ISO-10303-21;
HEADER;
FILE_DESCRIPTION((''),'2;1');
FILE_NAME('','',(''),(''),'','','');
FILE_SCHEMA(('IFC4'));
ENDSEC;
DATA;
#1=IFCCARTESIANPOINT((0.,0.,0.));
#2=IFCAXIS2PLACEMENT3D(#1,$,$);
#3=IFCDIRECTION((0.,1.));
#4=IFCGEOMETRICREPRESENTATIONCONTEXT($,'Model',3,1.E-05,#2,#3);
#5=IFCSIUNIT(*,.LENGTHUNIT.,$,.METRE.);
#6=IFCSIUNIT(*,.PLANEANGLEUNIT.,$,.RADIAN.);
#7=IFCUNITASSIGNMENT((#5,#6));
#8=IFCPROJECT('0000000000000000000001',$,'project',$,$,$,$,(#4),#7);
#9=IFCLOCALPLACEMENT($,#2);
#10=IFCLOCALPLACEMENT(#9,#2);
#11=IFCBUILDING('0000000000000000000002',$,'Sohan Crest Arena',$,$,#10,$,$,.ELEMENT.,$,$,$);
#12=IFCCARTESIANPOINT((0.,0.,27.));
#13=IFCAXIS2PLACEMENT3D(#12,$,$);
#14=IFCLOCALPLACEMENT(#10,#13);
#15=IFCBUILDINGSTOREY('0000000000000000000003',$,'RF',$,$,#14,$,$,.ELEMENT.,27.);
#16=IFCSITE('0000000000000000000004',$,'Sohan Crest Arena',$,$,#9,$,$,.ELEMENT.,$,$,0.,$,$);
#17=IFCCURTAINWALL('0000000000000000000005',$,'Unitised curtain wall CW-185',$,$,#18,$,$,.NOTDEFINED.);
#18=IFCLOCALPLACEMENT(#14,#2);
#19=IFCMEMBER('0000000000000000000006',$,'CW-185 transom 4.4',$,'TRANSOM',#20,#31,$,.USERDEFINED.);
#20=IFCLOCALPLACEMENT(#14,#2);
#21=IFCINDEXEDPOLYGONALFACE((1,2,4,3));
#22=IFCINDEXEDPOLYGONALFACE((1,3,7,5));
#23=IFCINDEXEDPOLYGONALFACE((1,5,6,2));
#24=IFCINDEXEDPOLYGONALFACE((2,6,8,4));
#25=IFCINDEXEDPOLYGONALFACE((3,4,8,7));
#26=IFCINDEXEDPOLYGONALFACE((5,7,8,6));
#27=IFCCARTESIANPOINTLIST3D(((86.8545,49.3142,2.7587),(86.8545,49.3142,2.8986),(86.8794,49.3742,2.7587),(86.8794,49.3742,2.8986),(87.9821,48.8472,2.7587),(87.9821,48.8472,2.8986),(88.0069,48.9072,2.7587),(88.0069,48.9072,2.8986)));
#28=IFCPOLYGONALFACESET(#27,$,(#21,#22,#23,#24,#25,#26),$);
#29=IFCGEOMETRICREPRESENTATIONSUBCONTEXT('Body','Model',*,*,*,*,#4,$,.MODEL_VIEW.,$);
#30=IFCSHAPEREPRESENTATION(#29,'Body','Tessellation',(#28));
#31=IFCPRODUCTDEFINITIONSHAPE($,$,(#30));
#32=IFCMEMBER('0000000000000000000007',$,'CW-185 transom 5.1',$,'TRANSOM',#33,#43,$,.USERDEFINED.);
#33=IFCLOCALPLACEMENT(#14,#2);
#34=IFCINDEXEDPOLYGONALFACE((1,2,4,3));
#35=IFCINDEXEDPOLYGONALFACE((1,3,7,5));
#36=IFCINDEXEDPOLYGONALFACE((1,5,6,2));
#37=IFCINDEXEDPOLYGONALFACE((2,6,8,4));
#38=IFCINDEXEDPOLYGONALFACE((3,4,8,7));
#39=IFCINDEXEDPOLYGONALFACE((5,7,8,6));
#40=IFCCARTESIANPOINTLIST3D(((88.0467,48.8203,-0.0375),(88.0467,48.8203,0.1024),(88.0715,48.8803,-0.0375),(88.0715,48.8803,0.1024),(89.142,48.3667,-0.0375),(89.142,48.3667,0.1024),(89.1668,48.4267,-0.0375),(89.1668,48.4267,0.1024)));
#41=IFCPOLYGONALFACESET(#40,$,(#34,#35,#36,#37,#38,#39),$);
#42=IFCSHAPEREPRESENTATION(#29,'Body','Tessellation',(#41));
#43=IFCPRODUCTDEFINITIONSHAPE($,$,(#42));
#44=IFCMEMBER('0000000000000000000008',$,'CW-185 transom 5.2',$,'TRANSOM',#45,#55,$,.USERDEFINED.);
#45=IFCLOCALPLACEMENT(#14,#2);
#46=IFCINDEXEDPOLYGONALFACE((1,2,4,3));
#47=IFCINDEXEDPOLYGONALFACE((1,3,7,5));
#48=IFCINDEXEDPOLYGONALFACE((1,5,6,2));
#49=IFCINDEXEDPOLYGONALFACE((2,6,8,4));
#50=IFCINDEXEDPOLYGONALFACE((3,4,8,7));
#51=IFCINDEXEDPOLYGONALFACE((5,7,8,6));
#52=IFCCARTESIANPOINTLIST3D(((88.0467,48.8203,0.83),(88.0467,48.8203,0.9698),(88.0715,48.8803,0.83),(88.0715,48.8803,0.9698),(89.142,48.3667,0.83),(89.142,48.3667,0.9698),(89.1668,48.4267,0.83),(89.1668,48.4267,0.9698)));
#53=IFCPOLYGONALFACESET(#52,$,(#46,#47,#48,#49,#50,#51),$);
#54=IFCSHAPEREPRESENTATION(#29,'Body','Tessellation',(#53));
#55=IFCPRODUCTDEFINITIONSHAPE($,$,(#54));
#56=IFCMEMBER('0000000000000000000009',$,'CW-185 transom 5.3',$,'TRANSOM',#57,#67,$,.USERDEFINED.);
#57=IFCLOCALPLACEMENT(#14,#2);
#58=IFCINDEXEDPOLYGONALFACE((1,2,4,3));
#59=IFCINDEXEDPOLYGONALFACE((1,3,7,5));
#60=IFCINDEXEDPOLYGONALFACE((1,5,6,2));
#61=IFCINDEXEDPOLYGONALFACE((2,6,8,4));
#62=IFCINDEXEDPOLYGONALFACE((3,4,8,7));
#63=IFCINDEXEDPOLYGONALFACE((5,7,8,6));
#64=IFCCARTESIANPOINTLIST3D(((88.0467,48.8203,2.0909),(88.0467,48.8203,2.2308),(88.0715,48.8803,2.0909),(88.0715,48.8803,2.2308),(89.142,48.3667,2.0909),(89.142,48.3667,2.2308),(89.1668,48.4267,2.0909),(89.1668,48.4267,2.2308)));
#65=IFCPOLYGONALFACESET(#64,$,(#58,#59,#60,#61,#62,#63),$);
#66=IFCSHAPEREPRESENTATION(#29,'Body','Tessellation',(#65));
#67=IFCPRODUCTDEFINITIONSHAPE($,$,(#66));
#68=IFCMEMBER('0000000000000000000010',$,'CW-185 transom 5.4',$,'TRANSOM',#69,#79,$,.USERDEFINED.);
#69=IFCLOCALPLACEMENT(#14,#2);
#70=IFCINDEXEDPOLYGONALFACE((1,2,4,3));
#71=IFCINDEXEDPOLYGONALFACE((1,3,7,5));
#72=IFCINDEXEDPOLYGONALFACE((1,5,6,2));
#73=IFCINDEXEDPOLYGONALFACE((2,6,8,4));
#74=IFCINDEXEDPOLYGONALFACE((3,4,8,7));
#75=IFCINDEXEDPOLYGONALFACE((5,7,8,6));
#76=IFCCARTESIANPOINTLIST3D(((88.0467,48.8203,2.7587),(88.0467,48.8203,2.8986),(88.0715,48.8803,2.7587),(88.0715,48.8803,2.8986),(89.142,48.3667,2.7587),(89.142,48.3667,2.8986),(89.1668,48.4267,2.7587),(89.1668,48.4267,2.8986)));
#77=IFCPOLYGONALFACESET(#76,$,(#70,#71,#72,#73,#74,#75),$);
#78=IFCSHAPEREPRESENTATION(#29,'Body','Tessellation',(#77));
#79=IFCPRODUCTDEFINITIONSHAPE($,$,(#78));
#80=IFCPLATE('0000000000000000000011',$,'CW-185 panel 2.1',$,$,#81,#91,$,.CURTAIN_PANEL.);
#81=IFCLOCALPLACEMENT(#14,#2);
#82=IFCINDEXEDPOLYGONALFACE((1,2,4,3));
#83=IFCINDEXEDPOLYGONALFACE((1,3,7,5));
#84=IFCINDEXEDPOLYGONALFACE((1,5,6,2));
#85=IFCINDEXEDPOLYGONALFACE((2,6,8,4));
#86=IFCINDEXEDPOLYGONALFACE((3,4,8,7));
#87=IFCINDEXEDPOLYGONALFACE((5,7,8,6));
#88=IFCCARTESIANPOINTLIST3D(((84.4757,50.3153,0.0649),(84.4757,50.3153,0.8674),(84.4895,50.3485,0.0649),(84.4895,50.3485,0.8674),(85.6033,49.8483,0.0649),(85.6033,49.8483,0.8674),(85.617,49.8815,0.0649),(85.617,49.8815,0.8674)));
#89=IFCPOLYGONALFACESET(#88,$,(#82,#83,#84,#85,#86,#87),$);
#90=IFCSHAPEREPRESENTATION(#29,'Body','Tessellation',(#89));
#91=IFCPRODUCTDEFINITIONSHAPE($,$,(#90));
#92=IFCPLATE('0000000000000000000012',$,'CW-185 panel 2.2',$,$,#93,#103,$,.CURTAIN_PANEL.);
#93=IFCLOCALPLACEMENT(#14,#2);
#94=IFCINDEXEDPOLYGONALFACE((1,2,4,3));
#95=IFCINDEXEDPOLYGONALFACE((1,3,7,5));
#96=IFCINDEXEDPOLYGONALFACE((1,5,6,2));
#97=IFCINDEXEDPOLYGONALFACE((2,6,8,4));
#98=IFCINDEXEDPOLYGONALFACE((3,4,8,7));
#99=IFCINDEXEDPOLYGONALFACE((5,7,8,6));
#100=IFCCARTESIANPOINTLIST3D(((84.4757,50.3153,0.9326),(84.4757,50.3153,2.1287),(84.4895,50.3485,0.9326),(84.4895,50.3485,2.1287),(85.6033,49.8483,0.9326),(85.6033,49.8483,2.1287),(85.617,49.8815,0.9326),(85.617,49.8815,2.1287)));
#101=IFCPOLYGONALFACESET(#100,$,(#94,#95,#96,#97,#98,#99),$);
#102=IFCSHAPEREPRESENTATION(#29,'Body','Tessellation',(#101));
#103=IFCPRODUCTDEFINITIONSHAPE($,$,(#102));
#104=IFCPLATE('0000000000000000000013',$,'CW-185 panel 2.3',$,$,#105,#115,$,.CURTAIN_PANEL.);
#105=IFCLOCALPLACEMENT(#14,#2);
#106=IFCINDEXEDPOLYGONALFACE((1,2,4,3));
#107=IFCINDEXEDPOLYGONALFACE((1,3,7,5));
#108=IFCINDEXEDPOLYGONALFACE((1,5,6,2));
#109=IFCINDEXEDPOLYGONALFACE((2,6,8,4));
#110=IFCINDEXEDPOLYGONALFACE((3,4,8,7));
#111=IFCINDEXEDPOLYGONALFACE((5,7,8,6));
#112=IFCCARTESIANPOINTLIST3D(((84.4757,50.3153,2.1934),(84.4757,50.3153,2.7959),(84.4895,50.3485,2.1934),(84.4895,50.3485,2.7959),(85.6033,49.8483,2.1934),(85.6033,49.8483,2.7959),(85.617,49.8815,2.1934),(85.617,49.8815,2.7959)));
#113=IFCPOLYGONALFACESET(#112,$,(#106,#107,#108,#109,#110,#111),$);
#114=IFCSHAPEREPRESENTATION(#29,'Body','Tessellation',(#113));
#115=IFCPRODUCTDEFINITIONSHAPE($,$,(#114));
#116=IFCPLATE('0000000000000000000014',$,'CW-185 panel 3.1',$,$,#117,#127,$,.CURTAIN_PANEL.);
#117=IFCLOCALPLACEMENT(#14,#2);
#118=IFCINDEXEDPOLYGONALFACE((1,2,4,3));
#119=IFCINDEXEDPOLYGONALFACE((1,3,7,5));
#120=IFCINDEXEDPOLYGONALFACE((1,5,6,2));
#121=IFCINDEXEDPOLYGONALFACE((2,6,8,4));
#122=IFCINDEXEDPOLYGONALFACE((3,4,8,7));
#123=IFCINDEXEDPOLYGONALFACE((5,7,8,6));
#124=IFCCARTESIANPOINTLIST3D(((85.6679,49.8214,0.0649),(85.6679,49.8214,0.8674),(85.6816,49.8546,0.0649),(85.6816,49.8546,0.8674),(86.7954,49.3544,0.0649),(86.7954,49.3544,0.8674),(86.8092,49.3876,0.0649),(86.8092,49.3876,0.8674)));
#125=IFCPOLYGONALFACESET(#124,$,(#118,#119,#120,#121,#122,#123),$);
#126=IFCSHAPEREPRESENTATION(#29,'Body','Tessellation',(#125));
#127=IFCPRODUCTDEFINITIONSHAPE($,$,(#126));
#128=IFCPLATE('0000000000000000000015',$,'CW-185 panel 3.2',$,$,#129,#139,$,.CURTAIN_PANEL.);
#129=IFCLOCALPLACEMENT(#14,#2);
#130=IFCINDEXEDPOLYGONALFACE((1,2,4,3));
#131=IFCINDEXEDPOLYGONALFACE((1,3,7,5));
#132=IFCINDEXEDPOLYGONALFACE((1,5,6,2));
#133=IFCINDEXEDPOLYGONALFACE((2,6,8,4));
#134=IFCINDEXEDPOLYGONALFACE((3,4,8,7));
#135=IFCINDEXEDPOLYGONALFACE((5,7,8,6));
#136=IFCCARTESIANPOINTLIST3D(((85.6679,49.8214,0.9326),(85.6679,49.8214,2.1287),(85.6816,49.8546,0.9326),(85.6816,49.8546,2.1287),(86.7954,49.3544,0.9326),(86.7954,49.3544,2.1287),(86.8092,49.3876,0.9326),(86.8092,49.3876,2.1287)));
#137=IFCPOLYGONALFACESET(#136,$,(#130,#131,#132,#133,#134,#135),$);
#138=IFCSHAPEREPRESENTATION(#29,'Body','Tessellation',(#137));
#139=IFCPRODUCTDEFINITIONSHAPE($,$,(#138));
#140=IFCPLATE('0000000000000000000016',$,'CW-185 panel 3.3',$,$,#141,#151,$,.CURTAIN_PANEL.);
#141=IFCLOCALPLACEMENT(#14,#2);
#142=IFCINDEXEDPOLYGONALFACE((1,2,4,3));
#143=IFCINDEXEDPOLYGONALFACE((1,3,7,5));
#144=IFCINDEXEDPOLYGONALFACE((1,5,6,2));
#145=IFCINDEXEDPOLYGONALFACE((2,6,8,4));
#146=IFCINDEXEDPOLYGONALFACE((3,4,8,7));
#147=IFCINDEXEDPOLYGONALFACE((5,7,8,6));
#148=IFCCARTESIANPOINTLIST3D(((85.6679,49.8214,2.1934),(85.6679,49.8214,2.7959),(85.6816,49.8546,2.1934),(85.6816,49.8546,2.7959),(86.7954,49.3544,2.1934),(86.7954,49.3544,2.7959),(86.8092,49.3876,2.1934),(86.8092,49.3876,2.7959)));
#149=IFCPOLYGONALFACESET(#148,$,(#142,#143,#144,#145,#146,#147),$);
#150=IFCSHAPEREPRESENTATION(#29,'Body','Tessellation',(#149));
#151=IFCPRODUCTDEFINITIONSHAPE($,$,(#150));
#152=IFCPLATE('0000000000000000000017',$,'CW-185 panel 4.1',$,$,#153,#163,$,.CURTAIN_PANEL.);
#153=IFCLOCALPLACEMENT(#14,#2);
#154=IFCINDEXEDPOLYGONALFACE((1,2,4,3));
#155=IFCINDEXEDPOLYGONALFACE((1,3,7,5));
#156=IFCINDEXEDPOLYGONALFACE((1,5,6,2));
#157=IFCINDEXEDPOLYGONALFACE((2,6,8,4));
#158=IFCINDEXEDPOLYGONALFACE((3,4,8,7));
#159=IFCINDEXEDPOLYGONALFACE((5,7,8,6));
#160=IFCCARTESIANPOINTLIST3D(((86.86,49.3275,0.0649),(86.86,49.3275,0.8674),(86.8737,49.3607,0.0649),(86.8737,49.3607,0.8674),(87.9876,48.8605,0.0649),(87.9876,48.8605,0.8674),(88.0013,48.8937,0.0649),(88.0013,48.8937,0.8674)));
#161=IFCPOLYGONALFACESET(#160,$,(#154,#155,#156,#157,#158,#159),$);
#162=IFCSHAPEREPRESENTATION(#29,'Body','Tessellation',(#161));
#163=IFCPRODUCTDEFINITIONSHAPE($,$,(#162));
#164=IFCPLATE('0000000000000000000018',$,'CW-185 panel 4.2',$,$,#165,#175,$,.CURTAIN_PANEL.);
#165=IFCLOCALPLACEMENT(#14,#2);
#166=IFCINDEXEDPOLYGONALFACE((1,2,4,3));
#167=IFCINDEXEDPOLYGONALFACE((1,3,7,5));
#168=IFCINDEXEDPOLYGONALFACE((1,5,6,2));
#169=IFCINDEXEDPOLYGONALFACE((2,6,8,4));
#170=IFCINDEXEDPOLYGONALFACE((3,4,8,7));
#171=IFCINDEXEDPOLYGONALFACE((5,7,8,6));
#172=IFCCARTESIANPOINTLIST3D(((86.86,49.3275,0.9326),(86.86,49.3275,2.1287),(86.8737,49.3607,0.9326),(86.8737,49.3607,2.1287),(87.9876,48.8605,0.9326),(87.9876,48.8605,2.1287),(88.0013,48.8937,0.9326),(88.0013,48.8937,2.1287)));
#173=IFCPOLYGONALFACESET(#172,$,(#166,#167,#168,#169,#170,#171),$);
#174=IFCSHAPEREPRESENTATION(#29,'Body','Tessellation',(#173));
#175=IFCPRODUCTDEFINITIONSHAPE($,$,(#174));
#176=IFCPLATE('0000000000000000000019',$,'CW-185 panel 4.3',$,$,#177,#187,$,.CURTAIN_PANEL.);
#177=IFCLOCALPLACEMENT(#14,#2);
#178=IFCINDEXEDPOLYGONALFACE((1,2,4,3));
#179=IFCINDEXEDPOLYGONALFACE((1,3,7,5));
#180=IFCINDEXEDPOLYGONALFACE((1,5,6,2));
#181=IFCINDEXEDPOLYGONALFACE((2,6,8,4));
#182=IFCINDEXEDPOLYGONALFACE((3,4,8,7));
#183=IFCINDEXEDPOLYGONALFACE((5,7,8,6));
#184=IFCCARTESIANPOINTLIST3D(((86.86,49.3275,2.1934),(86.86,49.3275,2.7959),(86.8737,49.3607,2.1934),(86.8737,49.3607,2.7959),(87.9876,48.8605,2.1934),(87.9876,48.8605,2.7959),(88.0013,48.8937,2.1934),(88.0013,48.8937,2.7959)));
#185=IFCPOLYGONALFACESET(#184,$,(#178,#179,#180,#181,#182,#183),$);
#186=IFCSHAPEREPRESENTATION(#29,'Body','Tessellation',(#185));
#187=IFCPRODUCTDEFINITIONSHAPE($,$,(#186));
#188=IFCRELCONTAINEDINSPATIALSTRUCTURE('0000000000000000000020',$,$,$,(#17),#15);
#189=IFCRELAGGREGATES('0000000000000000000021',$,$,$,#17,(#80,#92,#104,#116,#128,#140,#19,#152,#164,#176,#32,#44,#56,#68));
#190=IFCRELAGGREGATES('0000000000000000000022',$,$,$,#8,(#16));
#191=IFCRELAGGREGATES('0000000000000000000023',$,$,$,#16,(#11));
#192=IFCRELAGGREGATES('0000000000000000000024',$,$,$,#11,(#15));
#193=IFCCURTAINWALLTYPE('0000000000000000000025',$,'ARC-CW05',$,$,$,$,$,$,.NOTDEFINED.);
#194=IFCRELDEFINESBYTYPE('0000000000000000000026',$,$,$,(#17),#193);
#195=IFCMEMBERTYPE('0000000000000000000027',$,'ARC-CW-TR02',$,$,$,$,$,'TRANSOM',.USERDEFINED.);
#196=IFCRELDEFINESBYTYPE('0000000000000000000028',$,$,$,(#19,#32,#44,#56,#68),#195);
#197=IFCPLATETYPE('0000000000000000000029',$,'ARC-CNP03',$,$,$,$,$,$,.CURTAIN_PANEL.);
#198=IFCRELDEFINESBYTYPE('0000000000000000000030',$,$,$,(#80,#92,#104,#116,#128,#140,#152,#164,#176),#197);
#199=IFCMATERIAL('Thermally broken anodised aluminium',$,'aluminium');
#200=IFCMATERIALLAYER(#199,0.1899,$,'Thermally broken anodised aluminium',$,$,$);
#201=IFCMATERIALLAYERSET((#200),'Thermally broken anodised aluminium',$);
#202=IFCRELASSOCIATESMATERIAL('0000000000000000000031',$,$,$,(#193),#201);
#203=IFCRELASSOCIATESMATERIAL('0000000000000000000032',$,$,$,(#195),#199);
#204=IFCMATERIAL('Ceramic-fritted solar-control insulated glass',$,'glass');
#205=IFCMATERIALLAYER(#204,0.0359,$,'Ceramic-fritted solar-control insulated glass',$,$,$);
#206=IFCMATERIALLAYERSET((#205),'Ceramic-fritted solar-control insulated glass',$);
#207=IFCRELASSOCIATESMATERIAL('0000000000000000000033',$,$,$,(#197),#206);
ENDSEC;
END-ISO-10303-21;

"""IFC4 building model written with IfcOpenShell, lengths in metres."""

from ifc_helpers import new_model, si_unit, direction, frame, origin, origin_2d, place, context, subcontext, project, spatial, rectangle, extrude, material, layer, layer_set, material_profile, profile_set, type_object, element, aggregate, save


model = new_model("IFC4")

# Units and contexts
model_context = context("Model", 3, precision=1e-05, world=origin(), true_north=direction((0.0, 1.0)))
body_context = subcontext(model_context, "Body", "Model", "MODEL_VIEW")
ifc_project = project(units=[si_unit("LENGTHUNIT", "METRE"), si_unit("PLANEANGLEUNIT", "RADIAN")], contexts=[model_context])

# Site, building, storey
site_placement = place(None, origin())
site = spatial("IfcSite", under=ifc_project, at=site_placement, Name="Sohan Crest Arena", CompositionType="ELEMENT", RefElevation=0.0)
building_placement = place(site_placement, origin())
building = spatial("IfcBuilding", under=site, at=building_placement, Name="Sohan Crest Arena", CompositionType="ELEMENT")
storey_placement = place(building_placement, frame((0.0, 0.0, 27.0)))
storey = spatial("IfcBuildingStorey", under=building, at=storey_placement, Name="RF", CompositionType="ELEMENT", Elevation=27.0)

# Curtain wall, members, plates
ifc_material_1 = material(Name="Thermally broken anodised aluminium", Category="aluminium")
ifc_layer_1 = layer(ifc_material_1, 0.1899, Name="Thermally broken anodised aluminium")
ifc_layer_set_1 = layer_set([ifc_layer_1], Name="Thermally broken anodised aluminium")
curtain_wall_type = type_object("IfcCurtainWallType", Name="ARC-CW05", PredefinedType="NOTDEFINED", material=ifc_layer_set_1)
curtain_wall_placement = place(storey_placement, origin())
curtain_wall = element("IfcCurtainWall", 1, at=curtain_wall_placement, inside=storey, type_object=curtain_wall_type, Name="Unitised curtain wall CW-185", PredefinedType="NOTDEFINED")
ifc_material_profile_1 = material_profile(ifc_material_1, rectangle(XDim=0.0649, YDim=0.1399, at=origin_2d()), Name="ALU-TRAN 65x140")
ifc_profile_set_1 = profile_set([ifc_material_profile_1], Name="Thermally broken anodised aluminium")
member_type_1 = type_object("IfcMemberType", Name="ARC-CW-TR02", ElementType="TRANSOM", PredefinedType="USERDEFINED", material=ifc_profile_set_1)
member_1_placement = place(storey_placement, frame((86.8669, 49.3442, 2.8286), z_axis=(0.923868, -0.382711, 0.0), x_axis=(0.382711, 0.923868, 0.0)))
member_1 = element("IfcMember", 2, at=member_1_placement, type_object=member_type_1, Name="CW-185 transom 4.4", ObjectType="TRANSOM", PredefinedType="USERDEFINED", context=body_context, shape_type="SweptSolid", body=[
    extrude(rectangle(XDim=0.0649, YDim=0.1399, at=origin_2d()), origin(), (0.0, 0.0, 1.0), 1.2205),
])
member_2_placement = place(storey_placement, frame((88.0591, 48.8503, 0.0325), z_axis=(0.923891, -0.382655, 0.0), x_axis=(0.382655, 0.923891, 0.0)))
member_2 = element("IfcMember", 3, at=member_2_placement, type_object=member_type_1, Name="CW-185 transom 5.1", ObjectType="TRANSOM", PredefinedType="USERDEFINED", context=body_context, shape_type="SweptSolid", body=[
    extrude(rectangle(XDim=0.0649, YDim=0.1399, at=origin_2d()), origin(), (0.0, 0.0, 1.0), 1.1855),
])
member_3_placement = place(storey_placement, frame((88.0591, 48.8503, 0.8999), z_axis=(0.923891, -0.382655, 0.0), x_axis=(0.382655, 0.923891, 0.0)))
member_3 = element("IfcMember", 4, at=member_3_placement, type_object=member_type_1, Name="CW-185 transom 5.2", ObjectType="TRANSOM", PredefinedType="USERDEFINED", context=body_context, shape_type="SweptSolid", body=[
    extrude(rectangle(XDim=0.0649, YDim=0.1399, at=origin_2d()), origin(), (0.0, 0.0, 1.0), 1.1855),
])
member_4_placement = place(storey_placement, frame((88.0591, 48.8503, 2.1609), z_axis=(0.923891, -0.382655, 0.0), x_axis=(0.382655, 0.923891, 0.0)))
member_4 = element("IfcMember", 5, at=member_4_placement, type_object=member_type_1, Name="CW-185 transom 5.3", ObjectType="TRANSOM", PredefinedType="USERDEFINED", context=body_context, shape_type="SweptSolid", body=[
    extrude(rectangle(XDim=0.0649, YDim=0.1399, at=origin_2d()), origin(), (0.0, 0.0, 1.0), 1.1855),
])
member_5_placement = place(storey_placement, frame((88.0591, 48.8503, 2.8286), z_axis=(0.923891, -0.382655, 0.0), x_axis=(0.382655, 0.923891, 0.0)))
member_5 = element("IfcMember", 6, at=member_5_placement, type_object=member_type_1, Name="CW-185 transom 5.4", ObjectType="TRANSOM", PredefinedType="USERDEFINED", context=body_context, shape_type="SweptSolid", body=[
    extrude(rectangle(XDim=0.0649, YDim=0.1399, at=origin_2d()), origin(), (0.0, 0.0, 1.0), 1.1855),
])
ifc_material_2 = material(Name="Ceramic-fritted solar-control insulated glass", Category="glass")
ifc_layer_2 = layer(ifc_material_2, 0.0359, Name="Ceramic-fritted solar-control insulated glass")
ifc_layer_set_2 = layer_set([ifc_layer_2], Name="Ceramic-fritted solar-control insulated glass")
plate_type = type_object("IfcPlateType", Name="ARC-CNP03", PredefinedType="CURTAIN_PANEL", material=ifc_layer_set_2)
plate_1_placement = place(storey_placement, frame((85.0464, 50.0984, 0.0649), z_axis=(0.0, 0.0, 1.0), x_axis=(0.923886, -0.382667, 0.0)))
plate_1 = element("IfcPlate", 7, at=plate_1_placement, type_object=plate_type, Name="CW-185 panel 2.1", PredefinedType="CURTAIN_PANEL", context=body_context, shape_type="SweptSolid", body=[
    extrude(rectangle(XDim=1.2205, YDim=0.0359, at=origin_2d()), origin(), (0.0, 0.0, 1.0), 0.8025),
])
plate_2_placement = place(storey_placement, frame((85.0464, 50.0984, 0.9326), z_axis=(0.0, 0.0, 1.0), x_axis=(0.923886, -0.382667, 0.0)))
plate_2 = element("IfcPlate", 8, at=plate_2_placement, type_object=plate_type, Name="CW-185 panel 2.2", PredefinedType="CURTAIN_PANEL", context=body_context, shape_type="SweptSolid", body=[
    extrude(rectangle(XDim=1.2205, YDim=0.0359, at=origin_2d()), origin(), (0.0, 0.0, 1.0), 1.196),
])
plate_3_placement = place(storey_placement, frame((85.0464, 50.0984, 2.1934), z_axis=(0.0, 0.0, 1.0), x_axis=(0.923886, -0.382667, 0.0)))
plate_3 = element("IfcPlate", 9, at=plate_3_placement, type_object=plate_type, Name="CW-185 panel 2.3", PredefinedType="CURTAIN_PANEL", context=body_context, shape_type="SweptSolid", body=[
    extrude(rectangle(XDim=1.2205, YDim=0.0359, at=origin_2d()), origin(), (0.0, 0.0, 1.0), 0.6025),
])
plate_4_placement = place(storey_placement, frame((86.2385, 49.6045, 0.0649), z_axis=(0.0, 0.0, 1.0), x_axis=(0.923886, -0.382667, 0.0)))
plate_4 = element("IfcPlate", 10, at=plate_4_placement, type_object=plate_type, Name="CW-185 panel 3.1", PredefinedType="CURTAIN_PANEL", context=body_context, shape_type="SweptSolid", body=[
    extrude(rectangle(XDim=1.2205, YDim=0.0359, at=origin_2d()), origin(), (0.0, 0.0, 1.0), 0.8025),
])
plate_5_placement = place(storey_placement, frame((86.2385, 49.6045, 0.9326), z_axis=(0.0, 0.0, 1.0), x_axis=(0.923886, -0.382667, 0.0)))
plate_5 = element("IfcPlate", 11, at=plate_5_placement, type_object=plate_type, Name="CW-185 panel 3.2", PredefinedType="CURTAIN_PANEL", context=body_context, shape_type="SweptSolid", body=[
    extrude(rectangle(XDim=1.2205, YDim=0.0359, at=origin_2d()), origin(), (0.0, 0.0, 1.0), 1.196),
])
plate_6_placement = place(storey_placement, frame((86.2385, 49.6045, 2.1934), z_axis=(0.0, 0.0, 1.0), x_axis=(0.923886, -0.382667, 0.0)))
plate_6 = element("IfcPlate", 12, at=plate_6_placement, type_object=plate_type, Name="CW-185 panel 3.3", PredefinedType="CURTAIN_PANEL", context=body_context, shape_type="SweptSolid", body=[
    extrude(rectangle(XDim=1.2205, YDim=0.0359, at=origin_2d()), origin(), (0.0, 0.0, 1.0), 0.6025),
])
plate_7_placement = place(storey_placement, frame((87.4307, 49.1106, 0.0649), z_axis=(0.0, 0.0, 1.0), x_axis=(0.923886, -0.382667, 0.0)))
plate_7 = element("IfcPlate", 13, at=plate_7_placement, type_object=plate_type, Name="CW-185 panel 4.1", PredefinedType="CURTAIN_PANEL", context=body_context, shape_type="SweptSolid", body=[
    extrude(rectangle(XDim=1.2205, YDim=0.0359, at=origin_2d()), origin(), (0.0, 0.0, 1.0), 0.8025),
])
plate_8_placement = place(storey_placement, frame((87.4307, 49.1106, 0.9326), z_axis=(0.0, 0.0, 1.0), x_axis=(0.923886, -0.382667, 0.0)))
plate_8 = element("IfcPlate", 14, at=plate_8_placement, type_object=plate_type, Name="CW-185 panel 4.2", PredefinedType="CURTAIN_PANEL", context=body_context, shape_type="SweptSolid", body=[
    extrude(rectangle(XDim=1.2205, YDim=0.0359, at=origin_2d()), origin(), (0.0, 0.0, 1.0), 1.196),
])
plate_9_placement = place(storey_placement, frame((87.4307, 49.1106, 2.1934), z_axis=(0.0, 0.0, 1.0), x_axis=(0.923886, -0.382667, 0.0)))
plate_9 = element("IfcPlate", 15, at=plate_9_placement, type_object=plate_type, Name="CW-185 panel 4.3", PredefinedType="CURTAIN_PANEL", context=body_context, shape_type="SweptSolid", body=[
    extrude(rectangle(XDim=1.2205, YDim=0.0359, at=origin_2d()), origin(), (0.0, 0.0, 1.0), 0.6025),
])
aggregate(curtain_wall, [plate_1, plate_2, plate_3, plate_4, plate_5, plate_6, member_1, plate_7, plate_8, plate_9, member_2, member_3, member_4, member_5])

save(model, "model.ifc")
